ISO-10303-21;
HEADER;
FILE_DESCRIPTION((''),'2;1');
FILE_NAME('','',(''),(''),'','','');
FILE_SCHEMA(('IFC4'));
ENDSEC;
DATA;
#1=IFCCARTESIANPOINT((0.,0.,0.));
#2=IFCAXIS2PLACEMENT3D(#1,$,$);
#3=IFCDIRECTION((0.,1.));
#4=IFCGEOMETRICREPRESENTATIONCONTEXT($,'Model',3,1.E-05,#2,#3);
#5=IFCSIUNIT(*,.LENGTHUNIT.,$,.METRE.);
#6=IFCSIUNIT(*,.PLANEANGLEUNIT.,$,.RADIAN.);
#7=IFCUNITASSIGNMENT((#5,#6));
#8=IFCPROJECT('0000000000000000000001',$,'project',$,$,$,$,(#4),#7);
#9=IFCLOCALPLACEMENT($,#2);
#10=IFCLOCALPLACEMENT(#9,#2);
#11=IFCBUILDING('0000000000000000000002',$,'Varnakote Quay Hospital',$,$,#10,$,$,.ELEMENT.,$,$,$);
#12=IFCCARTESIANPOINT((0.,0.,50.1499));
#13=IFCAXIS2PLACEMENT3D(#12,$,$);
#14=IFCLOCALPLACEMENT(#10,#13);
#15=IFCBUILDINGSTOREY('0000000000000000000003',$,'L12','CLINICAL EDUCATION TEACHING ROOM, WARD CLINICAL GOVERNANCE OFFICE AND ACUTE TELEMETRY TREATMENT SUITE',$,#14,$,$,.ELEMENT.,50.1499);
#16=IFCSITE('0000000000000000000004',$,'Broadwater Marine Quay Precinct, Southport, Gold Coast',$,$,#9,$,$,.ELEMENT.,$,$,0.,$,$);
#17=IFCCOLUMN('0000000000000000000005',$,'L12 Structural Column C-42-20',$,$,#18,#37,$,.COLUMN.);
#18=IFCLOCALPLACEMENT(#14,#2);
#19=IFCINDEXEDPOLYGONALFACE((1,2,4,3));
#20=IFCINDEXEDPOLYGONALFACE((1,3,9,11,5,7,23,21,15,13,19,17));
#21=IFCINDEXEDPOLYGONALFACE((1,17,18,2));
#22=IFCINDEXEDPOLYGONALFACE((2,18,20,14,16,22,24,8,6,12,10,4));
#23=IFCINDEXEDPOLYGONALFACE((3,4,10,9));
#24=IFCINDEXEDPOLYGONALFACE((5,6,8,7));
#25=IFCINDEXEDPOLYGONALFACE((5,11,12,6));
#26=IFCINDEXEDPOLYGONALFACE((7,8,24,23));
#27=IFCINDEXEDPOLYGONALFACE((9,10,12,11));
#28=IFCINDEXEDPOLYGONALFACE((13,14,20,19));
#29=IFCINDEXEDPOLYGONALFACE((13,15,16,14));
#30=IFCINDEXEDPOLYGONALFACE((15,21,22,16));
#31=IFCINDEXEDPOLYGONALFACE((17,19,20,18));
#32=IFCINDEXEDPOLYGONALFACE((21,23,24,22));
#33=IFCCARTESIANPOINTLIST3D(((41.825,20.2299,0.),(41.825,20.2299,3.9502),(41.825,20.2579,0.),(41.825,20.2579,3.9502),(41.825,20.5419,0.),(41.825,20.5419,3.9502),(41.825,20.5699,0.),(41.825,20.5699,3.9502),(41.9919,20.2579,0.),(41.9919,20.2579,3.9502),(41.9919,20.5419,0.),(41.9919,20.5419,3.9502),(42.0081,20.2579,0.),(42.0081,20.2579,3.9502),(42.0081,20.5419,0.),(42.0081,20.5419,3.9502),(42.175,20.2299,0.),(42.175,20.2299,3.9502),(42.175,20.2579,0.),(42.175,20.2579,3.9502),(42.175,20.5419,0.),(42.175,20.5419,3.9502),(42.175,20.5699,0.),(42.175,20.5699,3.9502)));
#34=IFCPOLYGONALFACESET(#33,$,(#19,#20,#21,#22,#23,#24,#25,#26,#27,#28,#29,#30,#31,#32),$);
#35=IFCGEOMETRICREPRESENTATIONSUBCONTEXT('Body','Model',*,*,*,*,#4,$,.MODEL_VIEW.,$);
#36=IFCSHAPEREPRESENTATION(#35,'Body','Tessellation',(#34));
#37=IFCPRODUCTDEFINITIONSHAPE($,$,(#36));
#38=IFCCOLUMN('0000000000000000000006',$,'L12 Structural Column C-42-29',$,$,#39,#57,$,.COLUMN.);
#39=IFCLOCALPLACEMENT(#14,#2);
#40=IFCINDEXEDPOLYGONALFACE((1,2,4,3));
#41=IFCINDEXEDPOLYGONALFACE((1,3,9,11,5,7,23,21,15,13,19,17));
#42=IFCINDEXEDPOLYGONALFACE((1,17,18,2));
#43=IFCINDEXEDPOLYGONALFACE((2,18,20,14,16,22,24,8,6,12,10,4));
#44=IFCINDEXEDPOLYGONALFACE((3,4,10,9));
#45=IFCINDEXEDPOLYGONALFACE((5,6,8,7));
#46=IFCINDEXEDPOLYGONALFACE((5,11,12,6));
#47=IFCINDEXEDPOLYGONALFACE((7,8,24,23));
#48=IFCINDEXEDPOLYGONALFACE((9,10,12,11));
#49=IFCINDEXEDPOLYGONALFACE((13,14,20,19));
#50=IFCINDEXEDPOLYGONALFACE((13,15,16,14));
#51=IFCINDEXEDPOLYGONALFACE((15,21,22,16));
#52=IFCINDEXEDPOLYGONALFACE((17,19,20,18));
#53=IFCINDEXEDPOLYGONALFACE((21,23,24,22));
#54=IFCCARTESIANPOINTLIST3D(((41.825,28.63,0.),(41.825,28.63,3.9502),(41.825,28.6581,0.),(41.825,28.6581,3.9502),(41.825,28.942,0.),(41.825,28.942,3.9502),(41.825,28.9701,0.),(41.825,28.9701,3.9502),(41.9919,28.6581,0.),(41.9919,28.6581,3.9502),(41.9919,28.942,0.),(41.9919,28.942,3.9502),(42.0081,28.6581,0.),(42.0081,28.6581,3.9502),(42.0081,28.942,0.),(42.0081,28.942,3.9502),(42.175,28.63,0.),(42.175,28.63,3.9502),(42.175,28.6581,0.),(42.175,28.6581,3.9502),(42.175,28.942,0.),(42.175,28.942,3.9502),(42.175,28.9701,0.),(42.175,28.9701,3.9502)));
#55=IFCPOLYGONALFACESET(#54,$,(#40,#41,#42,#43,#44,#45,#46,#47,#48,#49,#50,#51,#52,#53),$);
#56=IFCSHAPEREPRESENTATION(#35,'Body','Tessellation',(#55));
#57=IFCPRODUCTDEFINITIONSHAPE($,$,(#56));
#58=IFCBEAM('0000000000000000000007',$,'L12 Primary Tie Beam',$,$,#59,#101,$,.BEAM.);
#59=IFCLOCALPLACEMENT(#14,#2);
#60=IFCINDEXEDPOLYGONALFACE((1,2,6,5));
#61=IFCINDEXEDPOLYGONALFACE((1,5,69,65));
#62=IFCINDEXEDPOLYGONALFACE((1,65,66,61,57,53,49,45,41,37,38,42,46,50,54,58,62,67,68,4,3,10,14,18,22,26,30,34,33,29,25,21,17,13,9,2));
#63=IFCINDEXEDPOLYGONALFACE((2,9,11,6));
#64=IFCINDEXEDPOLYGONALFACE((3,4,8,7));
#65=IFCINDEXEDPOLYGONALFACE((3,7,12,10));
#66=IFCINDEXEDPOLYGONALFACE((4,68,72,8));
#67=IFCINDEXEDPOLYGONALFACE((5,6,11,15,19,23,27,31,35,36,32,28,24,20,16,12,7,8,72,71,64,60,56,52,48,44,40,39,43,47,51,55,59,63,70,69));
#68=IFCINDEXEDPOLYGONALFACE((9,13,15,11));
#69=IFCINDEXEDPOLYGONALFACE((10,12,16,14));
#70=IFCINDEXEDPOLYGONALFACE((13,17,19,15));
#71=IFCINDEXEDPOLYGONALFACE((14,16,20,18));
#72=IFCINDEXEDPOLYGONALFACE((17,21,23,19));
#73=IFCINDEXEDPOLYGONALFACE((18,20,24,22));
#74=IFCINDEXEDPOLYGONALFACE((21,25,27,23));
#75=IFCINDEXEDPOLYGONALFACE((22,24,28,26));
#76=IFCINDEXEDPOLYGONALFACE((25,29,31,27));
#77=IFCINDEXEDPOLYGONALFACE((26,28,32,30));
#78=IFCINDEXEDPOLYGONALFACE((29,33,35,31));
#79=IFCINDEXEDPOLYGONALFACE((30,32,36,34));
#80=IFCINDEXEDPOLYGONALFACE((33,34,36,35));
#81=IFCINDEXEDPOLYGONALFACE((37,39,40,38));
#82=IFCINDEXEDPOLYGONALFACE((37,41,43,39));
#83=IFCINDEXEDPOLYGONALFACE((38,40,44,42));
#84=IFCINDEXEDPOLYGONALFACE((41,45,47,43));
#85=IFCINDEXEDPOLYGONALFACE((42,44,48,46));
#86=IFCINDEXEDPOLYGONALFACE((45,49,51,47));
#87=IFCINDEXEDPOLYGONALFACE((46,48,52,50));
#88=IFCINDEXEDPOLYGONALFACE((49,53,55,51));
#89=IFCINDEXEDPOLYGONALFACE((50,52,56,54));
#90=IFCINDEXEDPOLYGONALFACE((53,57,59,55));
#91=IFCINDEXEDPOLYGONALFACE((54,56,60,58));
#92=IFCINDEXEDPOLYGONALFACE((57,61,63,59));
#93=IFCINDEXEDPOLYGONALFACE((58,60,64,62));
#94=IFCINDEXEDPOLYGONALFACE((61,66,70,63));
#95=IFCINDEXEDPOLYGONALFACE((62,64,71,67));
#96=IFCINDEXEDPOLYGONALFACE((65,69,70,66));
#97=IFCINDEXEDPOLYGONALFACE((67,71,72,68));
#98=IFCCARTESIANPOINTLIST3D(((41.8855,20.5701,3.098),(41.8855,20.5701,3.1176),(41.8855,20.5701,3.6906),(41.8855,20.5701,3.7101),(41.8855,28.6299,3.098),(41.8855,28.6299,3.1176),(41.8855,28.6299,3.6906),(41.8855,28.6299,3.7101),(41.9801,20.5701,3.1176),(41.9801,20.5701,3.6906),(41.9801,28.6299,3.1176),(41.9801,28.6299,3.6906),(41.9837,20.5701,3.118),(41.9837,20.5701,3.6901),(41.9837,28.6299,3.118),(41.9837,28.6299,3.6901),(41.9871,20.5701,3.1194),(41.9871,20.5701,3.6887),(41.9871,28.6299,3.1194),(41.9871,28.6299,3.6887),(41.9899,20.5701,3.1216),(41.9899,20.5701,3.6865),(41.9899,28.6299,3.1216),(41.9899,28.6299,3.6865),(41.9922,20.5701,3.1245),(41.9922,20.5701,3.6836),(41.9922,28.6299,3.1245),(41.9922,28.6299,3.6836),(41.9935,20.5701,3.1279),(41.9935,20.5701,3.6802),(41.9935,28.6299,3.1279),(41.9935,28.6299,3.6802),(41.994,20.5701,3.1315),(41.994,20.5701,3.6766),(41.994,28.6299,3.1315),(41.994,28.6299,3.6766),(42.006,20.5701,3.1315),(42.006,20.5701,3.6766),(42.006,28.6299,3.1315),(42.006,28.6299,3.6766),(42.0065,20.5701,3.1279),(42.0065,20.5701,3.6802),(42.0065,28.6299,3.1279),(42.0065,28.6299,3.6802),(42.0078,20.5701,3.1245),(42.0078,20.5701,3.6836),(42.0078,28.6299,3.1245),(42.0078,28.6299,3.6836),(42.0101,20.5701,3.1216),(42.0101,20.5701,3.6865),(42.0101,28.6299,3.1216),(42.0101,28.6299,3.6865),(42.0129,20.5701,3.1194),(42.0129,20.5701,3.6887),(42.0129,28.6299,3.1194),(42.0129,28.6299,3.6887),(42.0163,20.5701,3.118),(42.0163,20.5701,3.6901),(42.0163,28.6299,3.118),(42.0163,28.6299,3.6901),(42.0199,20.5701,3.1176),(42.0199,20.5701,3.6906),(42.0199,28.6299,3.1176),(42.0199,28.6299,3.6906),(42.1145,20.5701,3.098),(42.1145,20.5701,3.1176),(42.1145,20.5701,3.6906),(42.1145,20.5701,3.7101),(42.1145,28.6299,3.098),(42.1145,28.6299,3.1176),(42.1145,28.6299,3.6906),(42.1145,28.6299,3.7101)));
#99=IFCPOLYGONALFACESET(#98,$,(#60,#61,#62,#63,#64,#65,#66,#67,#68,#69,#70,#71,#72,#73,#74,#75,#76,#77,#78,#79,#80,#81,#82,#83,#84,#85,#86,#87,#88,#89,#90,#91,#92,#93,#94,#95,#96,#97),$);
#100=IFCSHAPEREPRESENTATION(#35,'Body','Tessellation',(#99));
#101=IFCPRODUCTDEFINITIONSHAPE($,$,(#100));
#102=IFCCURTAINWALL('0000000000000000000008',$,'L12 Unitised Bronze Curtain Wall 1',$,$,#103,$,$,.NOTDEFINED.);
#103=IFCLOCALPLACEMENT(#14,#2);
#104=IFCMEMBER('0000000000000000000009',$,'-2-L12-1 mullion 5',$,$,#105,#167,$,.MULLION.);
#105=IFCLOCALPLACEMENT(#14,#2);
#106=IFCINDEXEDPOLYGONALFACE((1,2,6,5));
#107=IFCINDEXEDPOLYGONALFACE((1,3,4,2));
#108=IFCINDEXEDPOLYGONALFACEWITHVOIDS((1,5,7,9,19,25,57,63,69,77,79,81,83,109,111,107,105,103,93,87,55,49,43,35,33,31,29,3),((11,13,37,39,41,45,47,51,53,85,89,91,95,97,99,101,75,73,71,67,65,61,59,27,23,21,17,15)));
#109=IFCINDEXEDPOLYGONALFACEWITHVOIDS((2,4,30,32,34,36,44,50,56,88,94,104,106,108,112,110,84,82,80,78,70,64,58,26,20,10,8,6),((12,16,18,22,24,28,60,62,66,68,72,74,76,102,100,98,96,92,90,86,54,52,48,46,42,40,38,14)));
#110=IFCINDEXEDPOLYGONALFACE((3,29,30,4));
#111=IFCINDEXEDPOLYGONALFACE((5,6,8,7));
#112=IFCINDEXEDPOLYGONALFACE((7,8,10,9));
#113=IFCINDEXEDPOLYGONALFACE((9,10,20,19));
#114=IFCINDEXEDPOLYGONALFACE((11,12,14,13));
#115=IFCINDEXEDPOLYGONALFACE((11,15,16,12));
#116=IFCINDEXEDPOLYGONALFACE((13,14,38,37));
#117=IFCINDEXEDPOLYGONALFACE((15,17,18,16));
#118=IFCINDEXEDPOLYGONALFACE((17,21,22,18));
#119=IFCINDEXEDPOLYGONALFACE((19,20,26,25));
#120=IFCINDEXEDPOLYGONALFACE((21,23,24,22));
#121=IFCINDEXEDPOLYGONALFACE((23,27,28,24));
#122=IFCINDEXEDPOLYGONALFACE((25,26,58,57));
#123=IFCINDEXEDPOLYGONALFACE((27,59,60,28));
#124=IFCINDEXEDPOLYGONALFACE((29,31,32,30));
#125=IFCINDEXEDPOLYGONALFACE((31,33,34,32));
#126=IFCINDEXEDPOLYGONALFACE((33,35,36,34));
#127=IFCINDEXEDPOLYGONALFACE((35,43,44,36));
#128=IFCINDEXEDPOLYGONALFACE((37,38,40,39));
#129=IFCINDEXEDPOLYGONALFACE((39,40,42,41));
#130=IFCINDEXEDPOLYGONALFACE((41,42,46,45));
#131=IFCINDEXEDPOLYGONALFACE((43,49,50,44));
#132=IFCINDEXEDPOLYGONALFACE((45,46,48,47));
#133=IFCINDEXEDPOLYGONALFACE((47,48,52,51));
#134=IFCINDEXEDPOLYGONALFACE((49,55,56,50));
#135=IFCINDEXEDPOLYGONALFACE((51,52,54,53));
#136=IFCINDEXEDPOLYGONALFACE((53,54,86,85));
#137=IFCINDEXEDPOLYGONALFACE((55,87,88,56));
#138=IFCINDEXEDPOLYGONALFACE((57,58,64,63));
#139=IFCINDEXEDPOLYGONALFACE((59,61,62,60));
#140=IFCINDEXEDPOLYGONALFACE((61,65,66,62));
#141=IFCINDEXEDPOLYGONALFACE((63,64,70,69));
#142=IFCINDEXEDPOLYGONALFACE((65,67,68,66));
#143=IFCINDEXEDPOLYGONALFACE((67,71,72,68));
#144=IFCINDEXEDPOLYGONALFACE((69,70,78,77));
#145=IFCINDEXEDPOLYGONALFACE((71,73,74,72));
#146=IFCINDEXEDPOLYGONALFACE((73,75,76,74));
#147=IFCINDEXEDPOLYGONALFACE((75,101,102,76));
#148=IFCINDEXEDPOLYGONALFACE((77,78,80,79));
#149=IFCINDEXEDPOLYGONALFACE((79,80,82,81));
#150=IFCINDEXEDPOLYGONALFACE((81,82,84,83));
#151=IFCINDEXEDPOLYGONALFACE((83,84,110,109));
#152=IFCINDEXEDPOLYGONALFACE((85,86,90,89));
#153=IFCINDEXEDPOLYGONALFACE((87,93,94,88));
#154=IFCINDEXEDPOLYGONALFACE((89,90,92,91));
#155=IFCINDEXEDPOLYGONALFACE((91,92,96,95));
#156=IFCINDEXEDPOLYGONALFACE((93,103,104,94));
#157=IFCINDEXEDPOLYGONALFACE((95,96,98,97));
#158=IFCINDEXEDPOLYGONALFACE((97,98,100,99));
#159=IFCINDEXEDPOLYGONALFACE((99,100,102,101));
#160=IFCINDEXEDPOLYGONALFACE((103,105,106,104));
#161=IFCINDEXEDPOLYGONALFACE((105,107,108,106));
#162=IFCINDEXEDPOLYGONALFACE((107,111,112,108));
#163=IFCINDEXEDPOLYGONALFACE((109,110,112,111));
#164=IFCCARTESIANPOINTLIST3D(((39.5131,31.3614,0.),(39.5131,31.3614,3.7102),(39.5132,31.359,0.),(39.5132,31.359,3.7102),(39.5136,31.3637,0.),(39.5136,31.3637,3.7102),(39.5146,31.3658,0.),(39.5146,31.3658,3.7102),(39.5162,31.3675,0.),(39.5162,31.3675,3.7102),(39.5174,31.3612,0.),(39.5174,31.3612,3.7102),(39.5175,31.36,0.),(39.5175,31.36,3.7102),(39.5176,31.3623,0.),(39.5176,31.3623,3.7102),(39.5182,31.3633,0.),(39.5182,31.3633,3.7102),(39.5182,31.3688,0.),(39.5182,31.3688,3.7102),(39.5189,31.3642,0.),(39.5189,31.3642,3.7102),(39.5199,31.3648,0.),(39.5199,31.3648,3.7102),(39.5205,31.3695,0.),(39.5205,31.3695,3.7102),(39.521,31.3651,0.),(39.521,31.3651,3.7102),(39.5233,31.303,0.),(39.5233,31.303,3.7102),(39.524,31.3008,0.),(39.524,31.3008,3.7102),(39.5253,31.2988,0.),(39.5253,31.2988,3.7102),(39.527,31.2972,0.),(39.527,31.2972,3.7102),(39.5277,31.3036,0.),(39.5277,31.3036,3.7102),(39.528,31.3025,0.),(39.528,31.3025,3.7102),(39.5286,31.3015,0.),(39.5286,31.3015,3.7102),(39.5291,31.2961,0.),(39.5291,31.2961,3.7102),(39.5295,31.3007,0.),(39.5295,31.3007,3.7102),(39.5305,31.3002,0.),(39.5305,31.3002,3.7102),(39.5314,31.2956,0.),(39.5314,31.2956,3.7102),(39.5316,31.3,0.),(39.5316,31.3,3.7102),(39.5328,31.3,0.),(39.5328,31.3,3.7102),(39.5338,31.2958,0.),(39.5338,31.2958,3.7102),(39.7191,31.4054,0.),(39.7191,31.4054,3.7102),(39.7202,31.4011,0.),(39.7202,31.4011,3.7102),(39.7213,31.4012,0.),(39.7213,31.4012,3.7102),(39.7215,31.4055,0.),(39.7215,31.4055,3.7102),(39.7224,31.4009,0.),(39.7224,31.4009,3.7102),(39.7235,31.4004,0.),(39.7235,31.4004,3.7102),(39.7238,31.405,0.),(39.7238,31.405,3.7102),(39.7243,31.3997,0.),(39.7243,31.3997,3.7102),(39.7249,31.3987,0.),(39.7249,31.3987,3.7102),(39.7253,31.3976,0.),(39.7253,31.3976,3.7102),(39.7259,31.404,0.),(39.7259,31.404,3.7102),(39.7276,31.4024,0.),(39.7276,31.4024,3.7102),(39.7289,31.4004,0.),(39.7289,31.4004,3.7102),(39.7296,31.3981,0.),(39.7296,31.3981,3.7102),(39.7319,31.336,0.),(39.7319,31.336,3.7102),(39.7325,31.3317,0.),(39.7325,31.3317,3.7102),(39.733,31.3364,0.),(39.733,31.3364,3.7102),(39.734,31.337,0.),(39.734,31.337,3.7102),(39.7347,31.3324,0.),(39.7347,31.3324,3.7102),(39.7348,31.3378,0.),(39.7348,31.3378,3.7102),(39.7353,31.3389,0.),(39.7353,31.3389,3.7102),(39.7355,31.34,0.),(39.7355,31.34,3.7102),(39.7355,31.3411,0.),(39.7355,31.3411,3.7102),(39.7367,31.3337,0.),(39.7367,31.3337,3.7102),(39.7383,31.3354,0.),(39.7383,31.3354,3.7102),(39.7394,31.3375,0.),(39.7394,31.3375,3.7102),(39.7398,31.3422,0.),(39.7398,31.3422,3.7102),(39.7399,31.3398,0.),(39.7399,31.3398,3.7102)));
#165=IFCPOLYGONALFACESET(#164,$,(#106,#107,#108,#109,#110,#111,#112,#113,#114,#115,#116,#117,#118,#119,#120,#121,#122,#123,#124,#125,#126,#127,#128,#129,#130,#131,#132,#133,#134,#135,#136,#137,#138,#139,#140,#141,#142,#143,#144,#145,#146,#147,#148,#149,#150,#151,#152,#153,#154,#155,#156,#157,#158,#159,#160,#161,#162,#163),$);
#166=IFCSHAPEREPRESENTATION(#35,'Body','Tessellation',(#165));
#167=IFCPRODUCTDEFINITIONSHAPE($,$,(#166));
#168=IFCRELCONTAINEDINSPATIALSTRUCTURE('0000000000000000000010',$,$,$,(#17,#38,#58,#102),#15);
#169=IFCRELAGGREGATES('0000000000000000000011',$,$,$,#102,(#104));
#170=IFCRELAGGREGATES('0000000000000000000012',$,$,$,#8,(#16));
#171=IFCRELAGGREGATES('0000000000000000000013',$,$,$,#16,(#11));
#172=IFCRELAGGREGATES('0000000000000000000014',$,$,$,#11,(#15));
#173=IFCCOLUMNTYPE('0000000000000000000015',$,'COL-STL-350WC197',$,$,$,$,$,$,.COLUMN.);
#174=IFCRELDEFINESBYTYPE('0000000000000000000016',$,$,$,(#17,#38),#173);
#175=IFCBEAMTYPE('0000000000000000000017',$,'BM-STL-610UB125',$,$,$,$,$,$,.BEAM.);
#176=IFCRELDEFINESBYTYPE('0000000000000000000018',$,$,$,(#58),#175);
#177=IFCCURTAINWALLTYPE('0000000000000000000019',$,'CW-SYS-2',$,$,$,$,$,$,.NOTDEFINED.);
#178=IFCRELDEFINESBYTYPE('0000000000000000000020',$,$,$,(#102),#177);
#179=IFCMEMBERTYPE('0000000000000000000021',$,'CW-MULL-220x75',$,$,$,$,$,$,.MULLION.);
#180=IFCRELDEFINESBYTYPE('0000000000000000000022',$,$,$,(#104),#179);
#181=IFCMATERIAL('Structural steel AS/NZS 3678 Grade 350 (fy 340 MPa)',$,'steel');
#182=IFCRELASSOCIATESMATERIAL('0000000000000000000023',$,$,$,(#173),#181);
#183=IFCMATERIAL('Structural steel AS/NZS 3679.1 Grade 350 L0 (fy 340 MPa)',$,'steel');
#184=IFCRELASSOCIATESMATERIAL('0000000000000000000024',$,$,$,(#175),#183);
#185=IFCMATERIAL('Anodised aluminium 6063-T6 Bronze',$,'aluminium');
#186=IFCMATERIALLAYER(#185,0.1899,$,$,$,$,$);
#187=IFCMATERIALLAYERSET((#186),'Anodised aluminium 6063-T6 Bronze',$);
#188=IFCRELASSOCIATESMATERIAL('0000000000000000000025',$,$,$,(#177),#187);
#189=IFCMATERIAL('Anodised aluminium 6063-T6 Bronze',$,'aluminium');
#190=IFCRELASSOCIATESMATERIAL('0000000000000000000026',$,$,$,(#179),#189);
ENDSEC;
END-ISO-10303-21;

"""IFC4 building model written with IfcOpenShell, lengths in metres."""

from ifc_helpers import new_model, si_unit, direction, frame, origin, origin_2d, place, context, subcontext, project, spatial, hollow_rectangle, i_section, extrude, material, layer, layer_set, material_profile, profile_set, type_object, element, aggregate, save


model = new_model("IFC4")

# Units and contexts
model_context = context("Model", 3, precision=1e-05, world=origin(), true_north=direction((0.0, 1.0)))
body_context = subcontext(model_context, "Body", "Model", "MODEL_VIEW")
ifc_project = project(units=[si_unit("LENGTHUNIT", "METRE"), si_unit("PLANEANGLEUNIT", "RADIAN")], contexts=[model_context])

# Site, building, storey
site_placement = place(None, origin())
site = spatial("IfcSite", under=ifc_project, at=site_placement, Name="Broadwater Marine Quay Precinct, Southport, Gold Coast", CompositionType="ELEMENT", RefElevation=0.0)
building_placement = place(site_placement, origin())
building = spatial("IfcBuilding", under=site, at=building_placement, Name="Varnakote Quay Hospital", CompositionType="ELEMENT")
storey_placement = place(building_placement, frame((0.0, 0.0, 50.1499)))
storey = spatial("IfcBuildingStorey", under=building, at=storey_placement, Name="L12", Description="CLINICAL EDUCATION TEACHING ROOM, WARD CLINICAL GOVERNANCE OFFICE AND ACUTE TELEMETRY TREATMENT SUITE", CompositionType="ELEMENT", Elevation=50.1499)

# Columns
ifc_material_1 = material(Name="Structural steel AS/NZS 3678 Grade 350 (fy 340 MPa)", Category="steel")
ifc_material_profile_1 = material_profile(ifc_material_1, i_section(OverallWidth=0.3501, OverallDepth=0.3401, WebThickness=0.0161, FlangeThickness=0.0281, at=origin_2d()), Name="350WC197")
ifc_profile_set_1 = profile_set([ifc_material_profile_1], Name="Structural steel AS/NZS 3678 Grade 350 (fy 340 MPa)")
column_type = type_object("IfcColumnType", Name="COL-STL-350WC197", PredefinedType="COLUMN", material=ifc_profile_set_1)
for number, where, z_axis, x_axis, name in (
    (1, (42.0, 20.3999, 0.0), (0.0, 0.0, 1.0), (1.0, 0.0, 0.0), "L12 Structural Column C-42-20"),
    (2, (42.0, 28.8, 0.0), (0.0, 0.0, 1.0), (1.0, 0.0, 0.0), "L12 Structural Column C-42-29"),
):
    element("IfcColumn", number, at=place(storey_placement, frame(where, z_axis=z_axis, x_axis=x_axis)), inside=storey, type_object=column_type, Name=name, PredefinedType="COLUMN", context=body_context, shape_type="SweptSolid", body=[
        extrude(i_section(OverallWidth=0.3501, OverallDepth=0.3401, WebThickness=0.0161, FlangeThickness=0.0281, at=origin_2d()), origin(), (0.0, 0.0, 1.0), 3.9502),
    ])

# Beam
ifc_material_2 = material(Name="Structural steel AS/NZS 3679.1 Grade 350 L0 (fy 340 MPa)", Category="steel")
ifc_material_profile_2 = material_profile(ifc_material_2, i_section(OverallWidth=0.229, OverallDepth=0.6121, WebThickness=0.012, FlangeThickness=0.0195, FilletRadius=0.0139, at=origin_2d()), Name="610UB125")
ifc_profile_set_2 = profile_set([ifc_material_profile_2], Name="Structural steel AS/NZS 3679.1 Grade 350 L0 (fy 340 MPa)")
beam_type_1 = type_object("IfcBeamType", Name="BM-STL-610UB125", PredefinedType="BEAM", material=ifc_profile_set_2)
beam_1_placement = place(storey_placement, frame((42.0, 20.5701, 3.4041), z_axis=(0.0, 1.0, 0.0), x_axis=(-1.0, 0.0, 0.0)))
element("IfcBeam", 3, at=beam_1_placement, inside=storey, type_object=beam_type_1, Name="L12 Primary Tie Beam", PredefinedType="BEAM", context=body_context, shape_type="SweptSolid", body=[
    extrude(i_section(OverallWidth=0.229, OverallDepth=0.6121, WebThickness=0.012, FlangeThickness=0.0195, FilletRadius=0.0139, at=origin_2d()), origin(), (0.0, 0.0, 1.0), 8.0598),
])

# Curtain wall, member
ifc_material_3 = material(Name="Anodised aluminium 6063-T6 Bronze", Category="aluminium")
ifc_layer_1 = layer(ifc_material_3, 0.1899)
ifc_layer_set_1 = layer_set([ifc_layer_1], Name="Anodised aluminium 6063-T6 Bronze")
curtain_wall_type = type_object("IfcCurtainWallType", Name="CW-SYS-2", PredefinedType="NOTDEFINED", material=ifc_layer_set_1)
curtain_wall_1_placement = place(storey_placement, origin())
curtain_wall_1 = element("IfcCurtainWall", 4, at=curtain_wall_1_placement, inside=storey, type_object=curtain_wall_type, Name="L12 Unitised Bronze Curtain Wall 1", PredefinedType="NOTDEFINED")
ifc_material_4 = material(Name="Anodised aluminium 6063-T6 Bronze", Category="aluminium")
ifc_material_profile_3 = material_profile(ifc_material_4, hollow_rectangle(XDim=0.075, YDim=0.22, WallThickness=0.0044, InnerFilletRadius=0.0044, OuterFilletRadius=0.009, at=origin_2d()), Name="CW-MULL-220x75")
ifc_profile_set_3 = profile_set([ifc_material_profile_3], Name="Anodised aluminium 6063-T6 Bronze")
member_type_1 = type_object("IfcMemberType", Name="CW-MULL-220x75", PredefinedType="MULLION", material=ifc_profile_set_3)
member_1_placement = place(storey_placement, frame((39.6265, 31.3506, 0.0), z_axis=(0.0, 0.0, 1.0), x_axis=(0.177846, -0.984058, 0.0)))
member_1 = element("IfcMember", 5, at=member_1_placement, type_object=member_type_1, Name="-2-L12-1 mullion 5", PredefinedType="MULLION", context=body_context, shape_type="SweptSolid", body=[
    extrude(hollow_rectangle(XDim=0.075, YDim=0.22, WallThickness=0.0044, InnerFilletRadius=0.0044, OuterFilletRadius=0.009, at=origin_2d()), origin(), (0.0, 0.0, 1.0), 3.7102),
])

aggregate(curtain_wall_1, [member_1])

save(model, "model.ifc")
